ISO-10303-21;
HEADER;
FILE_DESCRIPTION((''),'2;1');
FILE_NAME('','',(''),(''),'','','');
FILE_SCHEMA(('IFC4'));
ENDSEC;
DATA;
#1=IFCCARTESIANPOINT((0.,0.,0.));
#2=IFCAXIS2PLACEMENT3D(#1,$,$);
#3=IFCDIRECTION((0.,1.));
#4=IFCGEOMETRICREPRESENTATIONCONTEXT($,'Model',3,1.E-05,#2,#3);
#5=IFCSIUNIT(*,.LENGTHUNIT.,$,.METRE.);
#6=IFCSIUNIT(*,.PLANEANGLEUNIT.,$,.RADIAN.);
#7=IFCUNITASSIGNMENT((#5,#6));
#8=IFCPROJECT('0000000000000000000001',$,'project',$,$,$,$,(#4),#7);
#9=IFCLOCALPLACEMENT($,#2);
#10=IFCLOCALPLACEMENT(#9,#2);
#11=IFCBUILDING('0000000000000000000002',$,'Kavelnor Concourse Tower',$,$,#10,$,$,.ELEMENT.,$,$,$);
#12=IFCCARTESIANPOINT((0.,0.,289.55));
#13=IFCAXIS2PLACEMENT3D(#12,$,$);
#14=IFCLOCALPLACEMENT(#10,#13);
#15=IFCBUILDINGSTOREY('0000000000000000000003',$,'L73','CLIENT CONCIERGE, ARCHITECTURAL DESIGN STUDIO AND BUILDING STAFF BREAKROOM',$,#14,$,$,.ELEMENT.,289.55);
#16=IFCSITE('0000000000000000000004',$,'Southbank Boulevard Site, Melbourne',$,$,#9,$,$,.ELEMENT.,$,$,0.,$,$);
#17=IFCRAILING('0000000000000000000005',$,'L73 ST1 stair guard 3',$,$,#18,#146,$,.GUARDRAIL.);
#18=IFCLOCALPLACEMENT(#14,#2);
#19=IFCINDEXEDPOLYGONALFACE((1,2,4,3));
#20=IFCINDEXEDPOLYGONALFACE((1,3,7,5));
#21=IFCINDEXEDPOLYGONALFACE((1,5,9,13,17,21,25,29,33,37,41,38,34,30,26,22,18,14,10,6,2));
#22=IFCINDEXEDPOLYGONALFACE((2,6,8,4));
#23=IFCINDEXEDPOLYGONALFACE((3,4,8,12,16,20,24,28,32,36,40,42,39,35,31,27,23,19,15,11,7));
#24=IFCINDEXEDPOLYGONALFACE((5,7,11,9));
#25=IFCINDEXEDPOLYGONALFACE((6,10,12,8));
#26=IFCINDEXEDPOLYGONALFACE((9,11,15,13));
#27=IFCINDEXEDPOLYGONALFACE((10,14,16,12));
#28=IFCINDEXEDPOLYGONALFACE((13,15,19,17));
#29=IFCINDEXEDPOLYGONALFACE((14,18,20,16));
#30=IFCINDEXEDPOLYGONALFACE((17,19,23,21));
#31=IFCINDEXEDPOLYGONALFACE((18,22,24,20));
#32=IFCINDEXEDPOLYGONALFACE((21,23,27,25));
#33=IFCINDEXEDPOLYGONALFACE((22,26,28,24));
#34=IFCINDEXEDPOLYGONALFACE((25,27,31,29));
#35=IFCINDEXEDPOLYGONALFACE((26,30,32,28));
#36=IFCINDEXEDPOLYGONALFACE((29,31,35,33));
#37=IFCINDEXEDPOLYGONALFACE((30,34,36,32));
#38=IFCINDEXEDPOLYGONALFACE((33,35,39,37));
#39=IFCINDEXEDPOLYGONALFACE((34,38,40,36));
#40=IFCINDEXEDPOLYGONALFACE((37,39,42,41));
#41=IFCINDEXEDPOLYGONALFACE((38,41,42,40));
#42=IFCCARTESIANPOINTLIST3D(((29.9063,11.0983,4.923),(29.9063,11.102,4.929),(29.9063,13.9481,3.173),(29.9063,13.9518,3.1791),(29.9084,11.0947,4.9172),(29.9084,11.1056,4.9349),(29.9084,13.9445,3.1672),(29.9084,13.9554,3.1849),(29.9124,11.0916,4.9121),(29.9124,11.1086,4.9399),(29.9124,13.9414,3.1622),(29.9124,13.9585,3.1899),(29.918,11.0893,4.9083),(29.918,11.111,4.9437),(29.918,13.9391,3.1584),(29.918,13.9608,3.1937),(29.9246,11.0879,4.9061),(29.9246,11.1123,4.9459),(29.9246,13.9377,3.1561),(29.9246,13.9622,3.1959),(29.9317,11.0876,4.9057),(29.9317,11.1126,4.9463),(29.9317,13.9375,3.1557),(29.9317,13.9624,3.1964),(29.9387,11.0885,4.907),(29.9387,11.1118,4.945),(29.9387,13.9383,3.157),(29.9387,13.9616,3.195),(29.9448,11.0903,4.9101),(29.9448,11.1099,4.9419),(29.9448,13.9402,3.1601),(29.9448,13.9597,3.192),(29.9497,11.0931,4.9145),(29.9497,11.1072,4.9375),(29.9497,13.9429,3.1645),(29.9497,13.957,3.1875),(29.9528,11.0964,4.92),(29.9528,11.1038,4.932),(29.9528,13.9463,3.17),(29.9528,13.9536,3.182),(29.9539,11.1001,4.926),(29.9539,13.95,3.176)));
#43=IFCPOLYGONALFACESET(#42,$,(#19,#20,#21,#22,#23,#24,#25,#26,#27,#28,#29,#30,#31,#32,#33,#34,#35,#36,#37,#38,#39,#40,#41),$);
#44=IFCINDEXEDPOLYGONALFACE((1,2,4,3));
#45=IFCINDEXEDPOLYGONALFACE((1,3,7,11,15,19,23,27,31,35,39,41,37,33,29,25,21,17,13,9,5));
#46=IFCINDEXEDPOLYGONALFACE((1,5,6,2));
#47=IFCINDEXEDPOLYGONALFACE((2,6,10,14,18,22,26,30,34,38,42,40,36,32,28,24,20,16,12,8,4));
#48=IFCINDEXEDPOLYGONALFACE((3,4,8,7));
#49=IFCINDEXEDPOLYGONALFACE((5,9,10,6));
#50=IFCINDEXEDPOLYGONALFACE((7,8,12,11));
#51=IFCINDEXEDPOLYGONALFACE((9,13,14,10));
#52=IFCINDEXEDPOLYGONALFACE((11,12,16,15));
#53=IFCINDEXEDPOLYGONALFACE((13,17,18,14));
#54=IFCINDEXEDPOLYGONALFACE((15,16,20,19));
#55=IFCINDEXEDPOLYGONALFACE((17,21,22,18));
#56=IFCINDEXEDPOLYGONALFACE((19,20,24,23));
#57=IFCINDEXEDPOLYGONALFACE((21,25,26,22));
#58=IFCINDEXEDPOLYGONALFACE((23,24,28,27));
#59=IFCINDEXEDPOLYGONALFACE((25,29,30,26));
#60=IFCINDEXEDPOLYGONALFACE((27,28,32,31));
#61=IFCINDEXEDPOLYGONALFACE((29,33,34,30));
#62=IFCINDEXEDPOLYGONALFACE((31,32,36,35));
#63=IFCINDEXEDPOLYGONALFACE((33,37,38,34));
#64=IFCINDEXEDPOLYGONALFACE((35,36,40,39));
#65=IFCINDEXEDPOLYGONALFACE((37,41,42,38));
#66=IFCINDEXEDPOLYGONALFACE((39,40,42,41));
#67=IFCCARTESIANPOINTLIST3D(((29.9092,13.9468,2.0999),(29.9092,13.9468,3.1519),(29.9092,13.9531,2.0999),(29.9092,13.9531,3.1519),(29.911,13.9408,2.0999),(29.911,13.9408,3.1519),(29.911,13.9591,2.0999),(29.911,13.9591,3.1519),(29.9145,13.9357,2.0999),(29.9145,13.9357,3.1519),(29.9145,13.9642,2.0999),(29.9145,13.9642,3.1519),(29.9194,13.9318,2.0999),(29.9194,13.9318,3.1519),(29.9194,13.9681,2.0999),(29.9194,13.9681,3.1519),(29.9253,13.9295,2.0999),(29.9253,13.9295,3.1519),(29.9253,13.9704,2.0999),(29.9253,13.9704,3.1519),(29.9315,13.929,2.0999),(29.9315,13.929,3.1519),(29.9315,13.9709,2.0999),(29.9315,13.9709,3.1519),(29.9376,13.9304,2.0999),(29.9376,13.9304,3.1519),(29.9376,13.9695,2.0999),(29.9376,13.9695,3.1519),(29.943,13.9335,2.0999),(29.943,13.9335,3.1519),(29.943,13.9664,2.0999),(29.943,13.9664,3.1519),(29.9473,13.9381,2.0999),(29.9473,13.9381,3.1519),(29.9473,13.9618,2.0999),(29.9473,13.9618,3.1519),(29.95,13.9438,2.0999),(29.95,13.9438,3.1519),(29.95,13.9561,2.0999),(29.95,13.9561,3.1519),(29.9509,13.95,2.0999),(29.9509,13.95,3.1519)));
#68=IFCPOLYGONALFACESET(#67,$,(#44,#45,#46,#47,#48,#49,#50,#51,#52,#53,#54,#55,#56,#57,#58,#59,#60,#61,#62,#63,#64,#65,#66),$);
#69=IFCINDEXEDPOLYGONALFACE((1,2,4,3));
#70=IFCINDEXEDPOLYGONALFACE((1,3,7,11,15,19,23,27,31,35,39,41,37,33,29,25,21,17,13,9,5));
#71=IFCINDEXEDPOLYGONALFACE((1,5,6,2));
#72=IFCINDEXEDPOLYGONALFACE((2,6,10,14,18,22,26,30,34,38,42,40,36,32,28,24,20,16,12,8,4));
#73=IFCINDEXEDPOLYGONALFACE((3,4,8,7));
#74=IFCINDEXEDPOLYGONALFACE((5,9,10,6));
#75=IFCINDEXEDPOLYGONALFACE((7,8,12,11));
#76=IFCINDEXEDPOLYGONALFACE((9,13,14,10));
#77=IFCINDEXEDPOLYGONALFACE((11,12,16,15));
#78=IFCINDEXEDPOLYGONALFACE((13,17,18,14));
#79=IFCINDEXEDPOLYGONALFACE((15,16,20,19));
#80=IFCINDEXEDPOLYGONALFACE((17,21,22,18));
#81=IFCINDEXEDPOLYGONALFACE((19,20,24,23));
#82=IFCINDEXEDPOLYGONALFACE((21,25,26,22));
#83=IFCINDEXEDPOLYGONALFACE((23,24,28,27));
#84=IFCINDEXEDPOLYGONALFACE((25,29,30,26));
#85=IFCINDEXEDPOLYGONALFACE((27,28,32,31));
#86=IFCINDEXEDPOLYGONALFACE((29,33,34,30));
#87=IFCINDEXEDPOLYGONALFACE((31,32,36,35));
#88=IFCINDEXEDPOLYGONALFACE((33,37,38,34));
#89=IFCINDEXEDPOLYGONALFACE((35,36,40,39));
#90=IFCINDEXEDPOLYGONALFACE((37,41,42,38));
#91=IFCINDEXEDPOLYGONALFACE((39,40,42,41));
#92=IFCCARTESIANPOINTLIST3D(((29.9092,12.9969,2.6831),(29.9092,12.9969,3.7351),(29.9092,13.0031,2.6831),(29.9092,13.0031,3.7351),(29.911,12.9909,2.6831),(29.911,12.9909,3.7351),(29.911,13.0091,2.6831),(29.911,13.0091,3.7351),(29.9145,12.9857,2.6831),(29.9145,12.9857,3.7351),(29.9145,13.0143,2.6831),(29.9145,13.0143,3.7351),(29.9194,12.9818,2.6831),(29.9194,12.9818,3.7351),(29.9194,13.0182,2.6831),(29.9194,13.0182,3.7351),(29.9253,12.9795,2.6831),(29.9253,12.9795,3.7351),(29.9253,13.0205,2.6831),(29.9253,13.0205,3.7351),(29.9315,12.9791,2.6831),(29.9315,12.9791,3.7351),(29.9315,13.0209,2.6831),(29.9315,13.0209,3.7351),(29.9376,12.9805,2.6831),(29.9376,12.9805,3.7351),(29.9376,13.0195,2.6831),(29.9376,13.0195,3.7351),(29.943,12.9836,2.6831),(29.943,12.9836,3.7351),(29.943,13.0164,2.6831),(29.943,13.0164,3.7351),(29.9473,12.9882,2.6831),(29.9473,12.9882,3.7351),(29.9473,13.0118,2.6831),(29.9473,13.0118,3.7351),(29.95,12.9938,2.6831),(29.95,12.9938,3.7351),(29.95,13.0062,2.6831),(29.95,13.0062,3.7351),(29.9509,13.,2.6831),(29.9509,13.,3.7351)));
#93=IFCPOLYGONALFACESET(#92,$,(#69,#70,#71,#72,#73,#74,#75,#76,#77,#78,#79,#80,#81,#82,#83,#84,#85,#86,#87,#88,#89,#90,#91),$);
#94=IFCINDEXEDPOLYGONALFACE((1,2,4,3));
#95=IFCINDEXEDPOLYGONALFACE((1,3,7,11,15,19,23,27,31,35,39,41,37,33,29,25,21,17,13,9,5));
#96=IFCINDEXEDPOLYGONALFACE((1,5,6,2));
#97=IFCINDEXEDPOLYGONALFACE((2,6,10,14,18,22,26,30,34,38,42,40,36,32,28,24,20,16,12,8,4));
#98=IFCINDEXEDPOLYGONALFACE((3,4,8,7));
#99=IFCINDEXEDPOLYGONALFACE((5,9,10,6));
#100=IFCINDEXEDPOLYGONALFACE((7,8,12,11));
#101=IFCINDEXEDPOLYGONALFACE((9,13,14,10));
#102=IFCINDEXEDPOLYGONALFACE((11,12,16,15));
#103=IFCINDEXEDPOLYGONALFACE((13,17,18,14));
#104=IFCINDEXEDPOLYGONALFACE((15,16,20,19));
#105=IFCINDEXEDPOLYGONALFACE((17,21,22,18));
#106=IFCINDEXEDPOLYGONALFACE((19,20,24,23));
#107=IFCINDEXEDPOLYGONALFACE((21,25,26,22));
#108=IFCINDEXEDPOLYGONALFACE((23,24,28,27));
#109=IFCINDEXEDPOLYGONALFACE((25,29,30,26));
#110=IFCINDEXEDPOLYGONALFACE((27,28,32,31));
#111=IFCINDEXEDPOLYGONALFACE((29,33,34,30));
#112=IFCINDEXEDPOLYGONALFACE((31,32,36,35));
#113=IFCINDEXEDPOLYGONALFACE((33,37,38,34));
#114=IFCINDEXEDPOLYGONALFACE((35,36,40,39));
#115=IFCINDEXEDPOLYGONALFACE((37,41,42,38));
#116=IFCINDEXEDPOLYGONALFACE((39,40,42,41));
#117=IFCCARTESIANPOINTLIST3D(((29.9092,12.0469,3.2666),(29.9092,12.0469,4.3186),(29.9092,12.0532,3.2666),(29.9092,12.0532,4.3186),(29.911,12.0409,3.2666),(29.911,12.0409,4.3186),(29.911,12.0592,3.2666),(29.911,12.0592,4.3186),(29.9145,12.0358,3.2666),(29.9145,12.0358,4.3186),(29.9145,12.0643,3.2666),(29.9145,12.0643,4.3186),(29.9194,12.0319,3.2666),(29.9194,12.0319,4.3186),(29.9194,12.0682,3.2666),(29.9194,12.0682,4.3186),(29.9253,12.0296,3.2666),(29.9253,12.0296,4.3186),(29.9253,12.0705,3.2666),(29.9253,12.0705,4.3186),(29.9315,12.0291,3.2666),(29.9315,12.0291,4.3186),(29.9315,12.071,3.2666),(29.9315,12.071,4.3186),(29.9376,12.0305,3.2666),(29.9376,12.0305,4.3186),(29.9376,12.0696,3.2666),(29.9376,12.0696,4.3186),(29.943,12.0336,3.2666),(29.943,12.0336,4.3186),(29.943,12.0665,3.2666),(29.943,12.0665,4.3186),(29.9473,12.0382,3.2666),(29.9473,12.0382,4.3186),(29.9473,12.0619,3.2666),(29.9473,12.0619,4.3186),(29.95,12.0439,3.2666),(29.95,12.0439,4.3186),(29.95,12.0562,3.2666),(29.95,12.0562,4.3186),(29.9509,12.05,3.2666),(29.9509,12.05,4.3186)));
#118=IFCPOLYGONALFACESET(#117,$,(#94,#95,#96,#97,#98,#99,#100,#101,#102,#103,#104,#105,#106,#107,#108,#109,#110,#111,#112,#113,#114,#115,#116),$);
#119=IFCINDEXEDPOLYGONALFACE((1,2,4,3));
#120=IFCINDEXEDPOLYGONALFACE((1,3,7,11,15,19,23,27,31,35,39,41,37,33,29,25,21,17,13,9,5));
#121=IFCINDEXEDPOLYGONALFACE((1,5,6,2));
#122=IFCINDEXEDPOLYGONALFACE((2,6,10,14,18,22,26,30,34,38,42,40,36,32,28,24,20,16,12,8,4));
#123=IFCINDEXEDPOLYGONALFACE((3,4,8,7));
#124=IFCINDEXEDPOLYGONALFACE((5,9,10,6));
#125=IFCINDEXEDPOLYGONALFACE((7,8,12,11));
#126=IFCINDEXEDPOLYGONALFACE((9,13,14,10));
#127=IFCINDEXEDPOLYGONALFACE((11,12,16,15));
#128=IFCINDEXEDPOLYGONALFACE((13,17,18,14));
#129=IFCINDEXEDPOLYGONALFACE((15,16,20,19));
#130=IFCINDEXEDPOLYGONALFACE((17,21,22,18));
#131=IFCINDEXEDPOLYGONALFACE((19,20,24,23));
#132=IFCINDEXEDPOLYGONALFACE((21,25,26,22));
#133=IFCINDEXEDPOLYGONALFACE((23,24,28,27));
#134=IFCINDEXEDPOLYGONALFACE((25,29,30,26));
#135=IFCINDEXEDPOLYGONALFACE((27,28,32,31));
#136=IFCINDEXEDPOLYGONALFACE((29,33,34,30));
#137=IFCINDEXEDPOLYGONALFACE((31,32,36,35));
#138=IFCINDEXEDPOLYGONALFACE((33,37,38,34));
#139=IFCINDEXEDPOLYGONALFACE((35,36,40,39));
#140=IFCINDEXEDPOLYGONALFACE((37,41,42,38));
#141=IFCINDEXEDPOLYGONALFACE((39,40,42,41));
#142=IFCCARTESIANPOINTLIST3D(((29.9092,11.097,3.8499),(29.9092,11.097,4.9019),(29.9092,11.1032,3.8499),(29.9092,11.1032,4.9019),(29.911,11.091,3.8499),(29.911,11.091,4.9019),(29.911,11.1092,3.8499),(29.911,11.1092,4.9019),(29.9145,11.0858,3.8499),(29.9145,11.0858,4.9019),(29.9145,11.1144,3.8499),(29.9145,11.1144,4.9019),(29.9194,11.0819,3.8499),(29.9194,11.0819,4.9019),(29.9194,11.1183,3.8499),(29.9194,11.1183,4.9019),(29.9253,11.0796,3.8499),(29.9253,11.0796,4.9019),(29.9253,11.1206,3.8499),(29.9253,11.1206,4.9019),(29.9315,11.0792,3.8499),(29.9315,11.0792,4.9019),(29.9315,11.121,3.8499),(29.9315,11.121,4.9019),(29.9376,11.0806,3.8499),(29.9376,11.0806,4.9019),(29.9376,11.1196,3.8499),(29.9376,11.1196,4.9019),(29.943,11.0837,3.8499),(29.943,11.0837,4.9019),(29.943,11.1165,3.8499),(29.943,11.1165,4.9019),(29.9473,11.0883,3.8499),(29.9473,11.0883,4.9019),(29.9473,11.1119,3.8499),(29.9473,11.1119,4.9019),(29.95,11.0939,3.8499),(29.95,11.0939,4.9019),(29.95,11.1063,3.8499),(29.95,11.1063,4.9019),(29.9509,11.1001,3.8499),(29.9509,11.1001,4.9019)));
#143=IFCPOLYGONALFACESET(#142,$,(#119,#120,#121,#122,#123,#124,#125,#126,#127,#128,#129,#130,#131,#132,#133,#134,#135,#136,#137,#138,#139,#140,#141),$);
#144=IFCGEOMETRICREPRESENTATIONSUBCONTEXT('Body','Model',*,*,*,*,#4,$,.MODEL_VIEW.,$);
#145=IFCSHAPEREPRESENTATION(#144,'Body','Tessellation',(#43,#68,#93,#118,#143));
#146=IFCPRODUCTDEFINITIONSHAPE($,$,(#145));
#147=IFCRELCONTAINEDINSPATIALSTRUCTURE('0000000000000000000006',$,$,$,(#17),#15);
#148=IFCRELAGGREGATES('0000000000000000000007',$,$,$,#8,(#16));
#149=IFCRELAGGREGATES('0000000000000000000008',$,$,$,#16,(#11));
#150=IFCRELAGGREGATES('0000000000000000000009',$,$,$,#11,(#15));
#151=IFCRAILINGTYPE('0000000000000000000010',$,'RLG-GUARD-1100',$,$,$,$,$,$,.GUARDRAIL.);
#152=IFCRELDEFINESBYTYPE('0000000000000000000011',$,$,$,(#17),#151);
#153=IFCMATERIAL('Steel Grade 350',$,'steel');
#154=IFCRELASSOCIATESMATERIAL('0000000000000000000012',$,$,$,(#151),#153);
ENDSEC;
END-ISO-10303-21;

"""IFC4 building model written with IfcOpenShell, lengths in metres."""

from ifc_helpers import new_model, si_unit, direction, frame, origin, origin_2d, place, context, subcontext, project, spatial, circle, extrude, material, type_object, element, save


model = new_model("IFC4")

# Units and contexts
model_context = context("Model", 3, precision=1e-05, world=origin(), true_north=direction((0.0, 1.0)))
body_context = subcontext(model_context, "Body", "Model", "MODEL_VIEW")
ifc_project = project(units=[si_unit("LENGTHUNIT", "METRE"), si_unit("PLANEANGLEUNIT", "RADIAN")], contexts=[model_context])

# Site, building, storey
site_placement = place(None, origin())
site = spatial("IfcSite", under=ifc_project, at=site_placement, Name="Southbank Boulevard Site, Melbourne", CompositionType="ELEMENT", RefElevation=0.0)
building_placement = place(site_placement, origin())
building = spatial("IfcBuilding", under=site, at=building_placement, Name="Kavelnor Concourse Tower", CompositionType="ELEMENT")
storey_placement = place(building_placement, frame((0.0, 0.0, 289.55)))
storey = spatial("IfcBuildingStorey", under=building, at=storey_placement, Name="L73", Description="CLIENT CONCIERGE, ARCHITECTURAL DESIGN STUDIO AND BUILDING STAFF BREAKROOM", CompositionType="ELEMENT", Elevation=289.55)

# Shared definitions
ifc_material_1 = material(Name="Steel Grade 350", Category="steel")

# Railing
railing_type_1 = type_object("IfcRailingType", Name="RLG-GUARD-1100", PredefinedType="GUARDRAIL", material=ifc_material_1)
railing_1_placement = place(storey_placement, frame((29.9299, 13.95, 2.0999)))
element("IfcRailing", 1, at=railing_1_placement, inside=storey, type_object=railing_type_1, Name="L73 ST1 stair guard 3", PredefinedType="GUARDRAIL", context=body_context, shape_type="SweptSolid", body=[
    extrude(circle(Radius=0.0239, at=origin_2d()), frame((0.0, 0.0, 1.0762), z_axis=(0.0, -0.852159, 0.523283), x_axis=(1.0, 0.0, 0.0)), (0.0, 0.0, 1.0), 3.3442),
    extrude(circle(Radius=0.021, at=origin_2d()), origin(), (0.0, 0.0, 1.0), 1.052),
    extrude(circle(Radius=0.021, at=origin_2d()), frame((0.0, -0.95, 0.5833)), (0.0, 0.0, 1.0), 1.052),
    extrude(circle(Radius=0.021, at=origin_2d()), frame((0.0, -1.8999, 1.1667)), (0.0, 0.0, 1.0), 1.052),
    extrude(circle(Radius=0.021, at=origin_2d()), frame((0.0, -2.8499, 1.75)), (0.0, 0.0, 1.0), 1.052),
])

save(model, "model.ifc")
